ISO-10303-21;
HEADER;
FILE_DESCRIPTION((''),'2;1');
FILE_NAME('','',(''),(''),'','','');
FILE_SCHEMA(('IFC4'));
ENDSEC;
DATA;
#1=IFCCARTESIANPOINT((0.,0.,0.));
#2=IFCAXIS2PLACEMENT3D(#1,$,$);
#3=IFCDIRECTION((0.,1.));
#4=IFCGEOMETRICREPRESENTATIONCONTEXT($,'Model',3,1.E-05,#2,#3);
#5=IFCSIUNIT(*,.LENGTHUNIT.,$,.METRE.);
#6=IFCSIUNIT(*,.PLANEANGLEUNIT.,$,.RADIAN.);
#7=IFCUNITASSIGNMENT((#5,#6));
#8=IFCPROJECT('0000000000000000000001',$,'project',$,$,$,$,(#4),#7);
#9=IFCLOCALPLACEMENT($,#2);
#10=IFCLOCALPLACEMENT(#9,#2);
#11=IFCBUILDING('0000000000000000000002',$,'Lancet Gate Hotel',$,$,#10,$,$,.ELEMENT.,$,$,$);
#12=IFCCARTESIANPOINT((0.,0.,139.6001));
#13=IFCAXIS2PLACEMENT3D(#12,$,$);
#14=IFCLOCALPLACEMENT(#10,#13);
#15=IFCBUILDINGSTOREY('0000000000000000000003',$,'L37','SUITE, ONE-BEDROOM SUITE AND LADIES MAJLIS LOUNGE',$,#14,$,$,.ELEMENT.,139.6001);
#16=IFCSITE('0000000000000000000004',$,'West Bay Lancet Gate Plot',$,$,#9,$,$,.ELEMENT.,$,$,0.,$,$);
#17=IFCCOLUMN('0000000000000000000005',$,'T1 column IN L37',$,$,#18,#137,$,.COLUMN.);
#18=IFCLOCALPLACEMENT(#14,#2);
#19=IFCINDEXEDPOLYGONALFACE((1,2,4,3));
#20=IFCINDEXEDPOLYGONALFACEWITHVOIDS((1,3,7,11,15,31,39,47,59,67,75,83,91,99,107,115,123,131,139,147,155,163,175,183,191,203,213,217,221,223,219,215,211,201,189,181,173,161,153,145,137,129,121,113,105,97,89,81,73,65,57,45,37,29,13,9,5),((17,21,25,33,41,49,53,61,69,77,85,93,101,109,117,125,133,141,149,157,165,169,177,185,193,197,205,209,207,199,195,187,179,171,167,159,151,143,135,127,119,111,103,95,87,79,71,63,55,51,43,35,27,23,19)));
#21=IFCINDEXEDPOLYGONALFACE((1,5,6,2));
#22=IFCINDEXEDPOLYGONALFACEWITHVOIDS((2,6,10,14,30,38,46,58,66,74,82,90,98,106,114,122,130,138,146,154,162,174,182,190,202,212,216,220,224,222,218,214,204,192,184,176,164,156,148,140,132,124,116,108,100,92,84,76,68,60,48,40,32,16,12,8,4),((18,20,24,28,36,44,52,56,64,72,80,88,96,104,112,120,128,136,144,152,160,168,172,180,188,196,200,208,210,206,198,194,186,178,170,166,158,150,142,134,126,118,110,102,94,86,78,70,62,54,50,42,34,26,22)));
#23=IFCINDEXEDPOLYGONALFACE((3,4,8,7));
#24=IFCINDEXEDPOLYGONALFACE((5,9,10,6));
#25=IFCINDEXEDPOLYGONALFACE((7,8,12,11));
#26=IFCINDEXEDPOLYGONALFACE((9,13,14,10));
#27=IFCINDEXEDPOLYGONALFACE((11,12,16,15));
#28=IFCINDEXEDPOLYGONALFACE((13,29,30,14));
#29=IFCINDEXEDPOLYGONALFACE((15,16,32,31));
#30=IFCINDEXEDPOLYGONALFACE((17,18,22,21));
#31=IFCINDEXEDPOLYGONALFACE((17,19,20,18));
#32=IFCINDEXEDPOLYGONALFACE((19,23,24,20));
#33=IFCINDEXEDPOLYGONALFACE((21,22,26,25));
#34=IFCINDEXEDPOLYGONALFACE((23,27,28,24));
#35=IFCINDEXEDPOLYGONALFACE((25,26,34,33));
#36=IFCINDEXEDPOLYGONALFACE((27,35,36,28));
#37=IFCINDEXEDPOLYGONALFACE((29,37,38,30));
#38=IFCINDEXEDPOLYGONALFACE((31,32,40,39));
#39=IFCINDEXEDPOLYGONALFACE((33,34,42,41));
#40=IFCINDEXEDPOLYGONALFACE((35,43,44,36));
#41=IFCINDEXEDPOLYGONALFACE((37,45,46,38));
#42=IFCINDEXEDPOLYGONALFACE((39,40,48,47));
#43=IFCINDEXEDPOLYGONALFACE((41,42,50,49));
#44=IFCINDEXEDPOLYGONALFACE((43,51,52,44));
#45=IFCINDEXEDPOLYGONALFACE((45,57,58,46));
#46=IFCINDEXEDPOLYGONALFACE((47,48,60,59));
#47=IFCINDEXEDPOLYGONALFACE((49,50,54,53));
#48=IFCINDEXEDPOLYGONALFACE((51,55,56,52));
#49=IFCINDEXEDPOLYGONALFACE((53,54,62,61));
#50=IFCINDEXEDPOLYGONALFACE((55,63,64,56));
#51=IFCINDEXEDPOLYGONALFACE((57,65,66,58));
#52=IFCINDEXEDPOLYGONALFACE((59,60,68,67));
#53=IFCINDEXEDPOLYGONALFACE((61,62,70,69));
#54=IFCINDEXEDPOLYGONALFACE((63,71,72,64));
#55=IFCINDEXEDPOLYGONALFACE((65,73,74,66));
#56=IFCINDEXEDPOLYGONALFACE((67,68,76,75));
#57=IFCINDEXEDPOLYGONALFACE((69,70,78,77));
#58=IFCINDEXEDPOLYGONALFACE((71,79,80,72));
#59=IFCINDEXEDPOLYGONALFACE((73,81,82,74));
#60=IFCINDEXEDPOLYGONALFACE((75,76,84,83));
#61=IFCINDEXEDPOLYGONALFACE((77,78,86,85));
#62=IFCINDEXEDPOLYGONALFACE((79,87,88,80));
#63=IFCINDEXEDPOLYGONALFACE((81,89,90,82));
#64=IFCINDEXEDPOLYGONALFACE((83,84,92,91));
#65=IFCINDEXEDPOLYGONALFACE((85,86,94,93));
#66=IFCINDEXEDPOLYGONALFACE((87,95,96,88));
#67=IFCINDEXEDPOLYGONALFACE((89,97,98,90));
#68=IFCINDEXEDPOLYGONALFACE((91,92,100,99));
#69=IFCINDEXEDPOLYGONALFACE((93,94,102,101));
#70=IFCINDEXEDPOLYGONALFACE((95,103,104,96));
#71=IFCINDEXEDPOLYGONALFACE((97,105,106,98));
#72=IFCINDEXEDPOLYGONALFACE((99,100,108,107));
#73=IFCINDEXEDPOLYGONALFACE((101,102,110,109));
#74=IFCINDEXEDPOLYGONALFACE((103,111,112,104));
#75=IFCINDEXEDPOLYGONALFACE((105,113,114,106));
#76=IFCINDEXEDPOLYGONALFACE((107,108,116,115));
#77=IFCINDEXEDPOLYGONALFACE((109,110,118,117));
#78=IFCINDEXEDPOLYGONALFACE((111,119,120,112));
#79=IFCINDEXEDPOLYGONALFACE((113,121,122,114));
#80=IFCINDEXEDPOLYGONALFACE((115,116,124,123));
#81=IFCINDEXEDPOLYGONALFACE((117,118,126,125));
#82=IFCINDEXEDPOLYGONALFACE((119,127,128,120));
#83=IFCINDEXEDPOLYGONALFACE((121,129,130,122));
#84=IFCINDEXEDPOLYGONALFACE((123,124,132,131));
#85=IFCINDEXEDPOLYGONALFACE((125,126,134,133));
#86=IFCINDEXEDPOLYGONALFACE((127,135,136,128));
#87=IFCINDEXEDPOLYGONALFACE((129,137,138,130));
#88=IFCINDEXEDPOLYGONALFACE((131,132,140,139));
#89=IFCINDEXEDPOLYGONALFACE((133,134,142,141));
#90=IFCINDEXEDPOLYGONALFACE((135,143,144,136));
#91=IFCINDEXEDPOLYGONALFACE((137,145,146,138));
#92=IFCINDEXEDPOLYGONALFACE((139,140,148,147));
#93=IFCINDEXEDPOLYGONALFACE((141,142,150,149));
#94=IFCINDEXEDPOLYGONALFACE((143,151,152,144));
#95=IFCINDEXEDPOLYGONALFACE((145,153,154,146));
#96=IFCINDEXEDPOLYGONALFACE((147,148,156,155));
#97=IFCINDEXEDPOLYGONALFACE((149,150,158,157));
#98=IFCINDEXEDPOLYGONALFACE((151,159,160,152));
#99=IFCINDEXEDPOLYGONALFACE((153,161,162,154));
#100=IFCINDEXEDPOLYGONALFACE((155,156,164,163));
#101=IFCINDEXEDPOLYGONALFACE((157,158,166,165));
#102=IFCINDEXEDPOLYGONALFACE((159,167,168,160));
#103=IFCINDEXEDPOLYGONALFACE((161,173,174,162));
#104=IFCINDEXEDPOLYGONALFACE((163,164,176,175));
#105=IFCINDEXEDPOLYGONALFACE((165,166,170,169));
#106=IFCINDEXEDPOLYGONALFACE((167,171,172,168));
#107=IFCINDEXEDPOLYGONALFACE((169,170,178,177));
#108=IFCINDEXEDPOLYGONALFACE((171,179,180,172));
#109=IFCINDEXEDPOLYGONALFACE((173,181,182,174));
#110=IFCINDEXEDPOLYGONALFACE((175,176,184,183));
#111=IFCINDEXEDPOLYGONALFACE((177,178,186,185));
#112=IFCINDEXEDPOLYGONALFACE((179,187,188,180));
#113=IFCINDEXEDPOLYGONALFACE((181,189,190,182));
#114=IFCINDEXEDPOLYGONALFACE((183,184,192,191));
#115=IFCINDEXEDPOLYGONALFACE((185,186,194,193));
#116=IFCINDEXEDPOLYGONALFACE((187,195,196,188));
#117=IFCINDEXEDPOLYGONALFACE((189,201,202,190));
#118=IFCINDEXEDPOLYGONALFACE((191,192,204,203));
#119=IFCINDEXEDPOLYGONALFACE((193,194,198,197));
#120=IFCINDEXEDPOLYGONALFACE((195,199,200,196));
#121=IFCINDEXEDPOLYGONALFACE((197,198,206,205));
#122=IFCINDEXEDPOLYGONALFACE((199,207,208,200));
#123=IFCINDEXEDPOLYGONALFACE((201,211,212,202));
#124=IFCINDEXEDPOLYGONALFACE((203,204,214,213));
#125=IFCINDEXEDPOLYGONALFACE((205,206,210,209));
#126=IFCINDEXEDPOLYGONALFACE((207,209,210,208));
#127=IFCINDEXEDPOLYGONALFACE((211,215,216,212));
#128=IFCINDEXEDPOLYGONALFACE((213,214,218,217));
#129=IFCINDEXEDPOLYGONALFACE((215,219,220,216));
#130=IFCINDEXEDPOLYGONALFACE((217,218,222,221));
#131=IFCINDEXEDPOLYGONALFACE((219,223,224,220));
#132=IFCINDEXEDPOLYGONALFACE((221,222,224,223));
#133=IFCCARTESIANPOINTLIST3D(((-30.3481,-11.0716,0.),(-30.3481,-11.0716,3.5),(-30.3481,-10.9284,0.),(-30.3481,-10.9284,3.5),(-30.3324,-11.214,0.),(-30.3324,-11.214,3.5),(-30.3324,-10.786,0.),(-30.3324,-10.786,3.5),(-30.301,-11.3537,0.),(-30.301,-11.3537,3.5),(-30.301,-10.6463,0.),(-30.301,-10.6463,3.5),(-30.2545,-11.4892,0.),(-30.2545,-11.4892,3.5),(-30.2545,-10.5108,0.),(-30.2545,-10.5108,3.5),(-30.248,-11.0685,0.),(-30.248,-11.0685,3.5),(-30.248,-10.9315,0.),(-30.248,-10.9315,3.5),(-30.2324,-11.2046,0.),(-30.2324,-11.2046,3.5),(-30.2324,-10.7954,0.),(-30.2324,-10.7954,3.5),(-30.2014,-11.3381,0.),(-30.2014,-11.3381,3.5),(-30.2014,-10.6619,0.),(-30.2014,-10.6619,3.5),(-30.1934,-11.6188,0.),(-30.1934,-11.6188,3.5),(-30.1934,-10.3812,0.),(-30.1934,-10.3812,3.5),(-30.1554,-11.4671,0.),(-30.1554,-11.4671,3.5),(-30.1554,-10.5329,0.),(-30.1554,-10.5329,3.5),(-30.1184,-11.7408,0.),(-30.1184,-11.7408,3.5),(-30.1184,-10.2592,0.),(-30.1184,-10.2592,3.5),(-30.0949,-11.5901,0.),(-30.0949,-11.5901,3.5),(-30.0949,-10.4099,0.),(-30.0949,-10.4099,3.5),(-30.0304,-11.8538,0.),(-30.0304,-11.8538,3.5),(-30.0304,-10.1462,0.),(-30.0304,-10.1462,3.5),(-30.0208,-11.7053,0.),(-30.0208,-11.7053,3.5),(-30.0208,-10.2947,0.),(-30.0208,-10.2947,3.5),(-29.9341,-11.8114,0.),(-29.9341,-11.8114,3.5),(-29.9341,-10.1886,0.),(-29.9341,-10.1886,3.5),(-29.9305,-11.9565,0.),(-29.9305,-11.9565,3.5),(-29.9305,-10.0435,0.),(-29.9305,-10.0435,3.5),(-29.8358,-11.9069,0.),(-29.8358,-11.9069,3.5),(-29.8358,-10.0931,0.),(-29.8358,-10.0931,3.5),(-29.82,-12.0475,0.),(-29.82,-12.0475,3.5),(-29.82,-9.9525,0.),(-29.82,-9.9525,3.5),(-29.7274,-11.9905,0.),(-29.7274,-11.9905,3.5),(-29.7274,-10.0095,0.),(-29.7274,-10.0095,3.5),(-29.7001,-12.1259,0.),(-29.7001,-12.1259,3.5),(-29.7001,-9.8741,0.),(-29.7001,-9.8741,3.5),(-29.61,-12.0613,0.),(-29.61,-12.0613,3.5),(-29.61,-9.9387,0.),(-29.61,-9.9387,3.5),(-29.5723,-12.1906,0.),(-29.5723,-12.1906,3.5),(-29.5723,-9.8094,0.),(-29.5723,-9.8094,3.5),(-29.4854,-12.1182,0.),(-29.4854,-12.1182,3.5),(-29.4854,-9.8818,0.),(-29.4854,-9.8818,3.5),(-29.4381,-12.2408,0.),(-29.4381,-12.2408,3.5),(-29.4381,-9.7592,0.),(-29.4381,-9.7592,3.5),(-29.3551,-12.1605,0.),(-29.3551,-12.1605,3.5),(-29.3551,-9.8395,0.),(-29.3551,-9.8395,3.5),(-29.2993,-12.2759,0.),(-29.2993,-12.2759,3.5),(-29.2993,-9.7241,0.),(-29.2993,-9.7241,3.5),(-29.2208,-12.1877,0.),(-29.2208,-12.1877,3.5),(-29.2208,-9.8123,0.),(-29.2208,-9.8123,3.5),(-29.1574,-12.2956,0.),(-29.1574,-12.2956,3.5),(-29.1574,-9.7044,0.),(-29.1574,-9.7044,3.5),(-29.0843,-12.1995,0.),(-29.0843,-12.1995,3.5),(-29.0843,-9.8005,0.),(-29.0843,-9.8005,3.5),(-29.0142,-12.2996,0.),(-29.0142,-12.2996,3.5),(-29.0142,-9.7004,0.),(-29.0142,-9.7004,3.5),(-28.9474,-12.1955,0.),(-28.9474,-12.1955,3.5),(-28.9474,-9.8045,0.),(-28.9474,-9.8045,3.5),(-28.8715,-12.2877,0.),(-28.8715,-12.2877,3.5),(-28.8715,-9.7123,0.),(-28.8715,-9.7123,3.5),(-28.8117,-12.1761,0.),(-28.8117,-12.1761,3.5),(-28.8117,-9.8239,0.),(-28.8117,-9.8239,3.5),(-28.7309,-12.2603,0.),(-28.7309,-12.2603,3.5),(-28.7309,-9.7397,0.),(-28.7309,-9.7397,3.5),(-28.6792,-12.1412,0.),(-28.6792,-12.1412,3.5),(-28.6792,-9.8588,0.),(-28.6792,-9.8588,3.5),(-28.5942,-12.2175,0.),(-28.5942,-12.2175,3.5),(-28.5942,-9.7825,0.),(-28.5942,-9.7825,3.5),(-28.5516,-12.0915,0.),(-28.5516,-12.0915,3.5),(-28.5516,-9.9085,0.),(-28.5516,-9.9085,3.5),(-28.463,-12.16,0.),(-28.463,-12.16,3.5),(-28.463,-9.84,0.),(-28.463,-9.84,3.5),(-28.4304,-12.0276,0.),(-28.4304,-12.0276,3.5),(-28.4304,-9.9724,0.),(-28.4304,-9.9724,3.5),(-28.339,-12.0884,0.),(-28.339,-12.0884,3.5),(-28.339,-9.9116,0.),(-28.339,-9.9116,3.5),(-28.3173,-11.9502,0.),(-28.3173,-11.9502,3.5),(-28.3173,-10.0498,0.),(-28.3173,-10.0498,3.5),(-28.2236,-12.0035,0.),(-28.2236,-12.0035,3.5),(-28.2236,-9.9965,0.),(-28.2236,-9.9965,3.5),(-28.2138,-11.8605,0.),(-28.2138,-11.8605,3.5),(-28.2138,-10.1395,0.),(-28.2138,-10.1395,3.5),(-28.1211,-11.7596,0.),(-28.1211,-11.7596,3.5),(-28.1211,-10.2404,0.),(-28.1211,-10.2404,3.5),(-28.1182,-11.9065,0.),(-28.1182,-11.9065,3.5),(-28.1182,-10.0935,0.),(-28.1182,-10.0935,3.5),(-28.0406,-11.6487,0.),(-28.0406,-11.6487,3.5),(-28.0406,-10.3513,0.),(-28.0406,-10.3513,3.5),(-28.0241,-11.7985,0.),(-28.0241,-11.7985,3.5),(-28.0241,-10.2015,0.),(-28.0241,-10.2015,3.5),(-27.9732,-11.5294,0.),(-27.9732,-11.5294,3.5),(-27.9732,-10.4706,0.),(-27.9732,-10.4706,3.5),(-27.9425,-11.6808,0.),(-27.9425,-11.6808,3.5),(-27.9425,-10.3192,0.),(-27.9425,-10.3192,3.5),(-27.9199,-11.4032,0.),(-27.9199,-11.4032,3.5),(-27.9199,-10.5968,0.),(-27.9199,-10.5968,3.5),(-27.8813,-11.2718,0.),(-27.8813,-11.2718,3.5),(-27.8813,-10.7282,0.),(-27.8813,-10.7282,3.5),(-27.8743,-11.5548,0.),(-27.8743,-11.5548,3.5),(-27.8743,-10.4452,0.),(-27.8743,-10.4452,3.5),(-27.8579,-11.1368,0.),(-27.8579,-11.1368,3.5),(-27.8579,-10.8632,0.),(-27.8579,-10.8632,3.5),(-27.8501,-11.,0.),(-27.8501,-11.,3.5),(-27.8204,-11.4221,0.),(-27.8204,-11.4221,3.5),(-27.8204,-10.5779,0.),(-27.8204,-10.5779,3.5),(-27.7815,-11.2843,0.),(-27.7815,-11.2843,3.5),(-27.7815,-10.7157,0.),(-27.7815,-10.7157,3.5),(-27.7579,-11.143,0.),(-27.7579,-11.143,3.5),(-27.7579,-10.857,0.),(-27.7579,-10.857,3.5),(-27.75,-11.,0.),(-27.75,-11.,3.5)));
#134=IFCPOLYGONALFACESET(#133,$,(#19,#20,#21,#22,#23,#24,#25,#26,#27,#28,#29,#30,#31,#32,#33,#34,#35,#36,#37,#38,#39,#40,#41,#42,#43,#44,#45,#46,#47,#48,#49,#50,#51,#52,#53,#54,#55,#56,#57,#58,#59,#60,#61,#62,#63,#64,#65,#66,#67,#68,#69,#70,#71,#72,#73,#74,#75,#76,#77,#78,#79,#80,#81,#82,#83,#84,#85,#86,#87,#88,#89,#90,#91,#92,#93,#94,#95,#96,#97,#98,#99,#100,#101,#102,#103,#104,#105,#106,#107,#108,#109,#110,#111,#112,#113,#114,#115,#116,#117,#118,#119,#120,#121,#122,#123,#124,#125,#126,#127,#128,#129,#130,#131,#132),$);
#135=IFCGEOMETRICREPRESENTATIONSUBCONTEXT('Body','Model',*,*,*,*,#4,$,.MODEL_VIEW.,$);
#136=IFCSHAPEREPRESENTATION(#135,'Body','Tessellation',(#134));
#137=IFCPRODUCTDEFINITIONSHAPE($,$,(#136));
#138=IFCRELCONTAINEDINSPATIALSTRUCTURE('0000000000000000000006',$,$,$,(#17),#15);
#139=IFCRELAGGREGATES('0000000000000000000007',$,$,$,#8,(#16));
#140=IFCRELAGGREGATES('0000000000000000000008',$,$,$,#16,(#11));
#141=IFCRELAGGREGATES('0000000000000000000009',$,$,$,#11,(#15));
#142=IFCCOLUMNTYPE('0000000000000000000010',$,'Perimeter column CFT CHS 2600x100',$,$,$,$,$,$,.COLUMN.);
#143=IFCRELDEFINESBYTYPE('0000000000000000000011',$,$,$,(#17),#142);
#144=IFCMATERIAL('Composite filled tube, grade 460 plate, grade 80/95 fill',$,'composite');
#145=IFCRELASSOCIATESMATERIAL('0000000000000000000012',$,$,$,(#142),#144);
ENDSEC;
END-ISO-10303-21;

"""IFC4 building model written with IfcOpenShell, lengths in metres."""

from ifc_helpers import new_model, si_unit, direction, frame, origin, origin_2d, place, context, subcontext, project, spatial, hollow_circle, extrude, material, material_profile, profile_set, type_object, element, save


model = new_model("IFC4")

# Units and contexts
model_context = context("Model", 3, precision=1e-05, world=origin(), true_north=direction((0.0, 1.0)))
body_context = subcontext(model_context, "Body", "Model", "MODEL_VIEW")
ifc_project = project(units=[si_unit("LENGTHUNIT", "METRE"), si_unit("PLANEANGLEUNIT", "RADIAN")], contexts=[model_context])

# Site, building, storey
site_placement = place(None, origin())
site = spatial("IfcSite", under=ifc_project, at=site_placement, Name="West Bay Lancet Gate Plot", CompositionType="ELEMENT", RefElevation=0.0)
building_placement = place(site_placement, origin())
building = spatial("IfcBuilding", under=site, at=building_placement, Name="Lancet Gate Hotel", CompositionType="ELEMENT")
storey_placement = place(building_placement, frame((0.0, 0.0, 139.6001)))
storey = spatial("IfcBuildingStorey", under=building, at=storey_placement, Name="L37", Description="SUITE, ONE-BEDROOM SUITE AND LADIES MAJLIS LOUNGE", CompositionType="ELEMENT", Elevation=139.6001)

# Column
ifc_material_1 = material(Name="Composite filled tube, grade 460 plate, grade 80/95 fill", Category="composite")
ifc_material_profile_1 = material_profile(ifc_material_1, hollow_circle(Radius=1.3, WallThickness=0.1001, at=origin_2d()), Name="CHS 2600x100")
ifc_profile_set_1 = profile_set([ifc_material_profile_1], Name="Composite filled tube, grade 460 plate, grade 80/95 fill")
column_type = type_object("IfcColumnType", Name="Perimeter column CFT CHS 2600x100", PredefinedType="COLUMN", material=ifc_profile_set_1)
for number, where, z_axis, x_axis, name in (
    (1, (-29.05, -11.0, 0.0), (0.0, 0.0, 1.0), (1.0, 0.0, 0.0), "T1 column IN L37"),
):
    element("IfcColumn", number, at=place(storey_placement, frame(where, z_axis=z_axis, x_axis=x_axis)), inside=storey, type_object=column_type, Name=name, PredefinedType="COLUMN", context=body_context, shape_type="SweptSolid", body=[
        extrude(hollow_circle(Radius=1.3, WallThickness=0.1001, at=origin_2d()), origin(), (0.0, 0.0, 1.0), 3.5),
    ])

save(model, "model.ifc")
